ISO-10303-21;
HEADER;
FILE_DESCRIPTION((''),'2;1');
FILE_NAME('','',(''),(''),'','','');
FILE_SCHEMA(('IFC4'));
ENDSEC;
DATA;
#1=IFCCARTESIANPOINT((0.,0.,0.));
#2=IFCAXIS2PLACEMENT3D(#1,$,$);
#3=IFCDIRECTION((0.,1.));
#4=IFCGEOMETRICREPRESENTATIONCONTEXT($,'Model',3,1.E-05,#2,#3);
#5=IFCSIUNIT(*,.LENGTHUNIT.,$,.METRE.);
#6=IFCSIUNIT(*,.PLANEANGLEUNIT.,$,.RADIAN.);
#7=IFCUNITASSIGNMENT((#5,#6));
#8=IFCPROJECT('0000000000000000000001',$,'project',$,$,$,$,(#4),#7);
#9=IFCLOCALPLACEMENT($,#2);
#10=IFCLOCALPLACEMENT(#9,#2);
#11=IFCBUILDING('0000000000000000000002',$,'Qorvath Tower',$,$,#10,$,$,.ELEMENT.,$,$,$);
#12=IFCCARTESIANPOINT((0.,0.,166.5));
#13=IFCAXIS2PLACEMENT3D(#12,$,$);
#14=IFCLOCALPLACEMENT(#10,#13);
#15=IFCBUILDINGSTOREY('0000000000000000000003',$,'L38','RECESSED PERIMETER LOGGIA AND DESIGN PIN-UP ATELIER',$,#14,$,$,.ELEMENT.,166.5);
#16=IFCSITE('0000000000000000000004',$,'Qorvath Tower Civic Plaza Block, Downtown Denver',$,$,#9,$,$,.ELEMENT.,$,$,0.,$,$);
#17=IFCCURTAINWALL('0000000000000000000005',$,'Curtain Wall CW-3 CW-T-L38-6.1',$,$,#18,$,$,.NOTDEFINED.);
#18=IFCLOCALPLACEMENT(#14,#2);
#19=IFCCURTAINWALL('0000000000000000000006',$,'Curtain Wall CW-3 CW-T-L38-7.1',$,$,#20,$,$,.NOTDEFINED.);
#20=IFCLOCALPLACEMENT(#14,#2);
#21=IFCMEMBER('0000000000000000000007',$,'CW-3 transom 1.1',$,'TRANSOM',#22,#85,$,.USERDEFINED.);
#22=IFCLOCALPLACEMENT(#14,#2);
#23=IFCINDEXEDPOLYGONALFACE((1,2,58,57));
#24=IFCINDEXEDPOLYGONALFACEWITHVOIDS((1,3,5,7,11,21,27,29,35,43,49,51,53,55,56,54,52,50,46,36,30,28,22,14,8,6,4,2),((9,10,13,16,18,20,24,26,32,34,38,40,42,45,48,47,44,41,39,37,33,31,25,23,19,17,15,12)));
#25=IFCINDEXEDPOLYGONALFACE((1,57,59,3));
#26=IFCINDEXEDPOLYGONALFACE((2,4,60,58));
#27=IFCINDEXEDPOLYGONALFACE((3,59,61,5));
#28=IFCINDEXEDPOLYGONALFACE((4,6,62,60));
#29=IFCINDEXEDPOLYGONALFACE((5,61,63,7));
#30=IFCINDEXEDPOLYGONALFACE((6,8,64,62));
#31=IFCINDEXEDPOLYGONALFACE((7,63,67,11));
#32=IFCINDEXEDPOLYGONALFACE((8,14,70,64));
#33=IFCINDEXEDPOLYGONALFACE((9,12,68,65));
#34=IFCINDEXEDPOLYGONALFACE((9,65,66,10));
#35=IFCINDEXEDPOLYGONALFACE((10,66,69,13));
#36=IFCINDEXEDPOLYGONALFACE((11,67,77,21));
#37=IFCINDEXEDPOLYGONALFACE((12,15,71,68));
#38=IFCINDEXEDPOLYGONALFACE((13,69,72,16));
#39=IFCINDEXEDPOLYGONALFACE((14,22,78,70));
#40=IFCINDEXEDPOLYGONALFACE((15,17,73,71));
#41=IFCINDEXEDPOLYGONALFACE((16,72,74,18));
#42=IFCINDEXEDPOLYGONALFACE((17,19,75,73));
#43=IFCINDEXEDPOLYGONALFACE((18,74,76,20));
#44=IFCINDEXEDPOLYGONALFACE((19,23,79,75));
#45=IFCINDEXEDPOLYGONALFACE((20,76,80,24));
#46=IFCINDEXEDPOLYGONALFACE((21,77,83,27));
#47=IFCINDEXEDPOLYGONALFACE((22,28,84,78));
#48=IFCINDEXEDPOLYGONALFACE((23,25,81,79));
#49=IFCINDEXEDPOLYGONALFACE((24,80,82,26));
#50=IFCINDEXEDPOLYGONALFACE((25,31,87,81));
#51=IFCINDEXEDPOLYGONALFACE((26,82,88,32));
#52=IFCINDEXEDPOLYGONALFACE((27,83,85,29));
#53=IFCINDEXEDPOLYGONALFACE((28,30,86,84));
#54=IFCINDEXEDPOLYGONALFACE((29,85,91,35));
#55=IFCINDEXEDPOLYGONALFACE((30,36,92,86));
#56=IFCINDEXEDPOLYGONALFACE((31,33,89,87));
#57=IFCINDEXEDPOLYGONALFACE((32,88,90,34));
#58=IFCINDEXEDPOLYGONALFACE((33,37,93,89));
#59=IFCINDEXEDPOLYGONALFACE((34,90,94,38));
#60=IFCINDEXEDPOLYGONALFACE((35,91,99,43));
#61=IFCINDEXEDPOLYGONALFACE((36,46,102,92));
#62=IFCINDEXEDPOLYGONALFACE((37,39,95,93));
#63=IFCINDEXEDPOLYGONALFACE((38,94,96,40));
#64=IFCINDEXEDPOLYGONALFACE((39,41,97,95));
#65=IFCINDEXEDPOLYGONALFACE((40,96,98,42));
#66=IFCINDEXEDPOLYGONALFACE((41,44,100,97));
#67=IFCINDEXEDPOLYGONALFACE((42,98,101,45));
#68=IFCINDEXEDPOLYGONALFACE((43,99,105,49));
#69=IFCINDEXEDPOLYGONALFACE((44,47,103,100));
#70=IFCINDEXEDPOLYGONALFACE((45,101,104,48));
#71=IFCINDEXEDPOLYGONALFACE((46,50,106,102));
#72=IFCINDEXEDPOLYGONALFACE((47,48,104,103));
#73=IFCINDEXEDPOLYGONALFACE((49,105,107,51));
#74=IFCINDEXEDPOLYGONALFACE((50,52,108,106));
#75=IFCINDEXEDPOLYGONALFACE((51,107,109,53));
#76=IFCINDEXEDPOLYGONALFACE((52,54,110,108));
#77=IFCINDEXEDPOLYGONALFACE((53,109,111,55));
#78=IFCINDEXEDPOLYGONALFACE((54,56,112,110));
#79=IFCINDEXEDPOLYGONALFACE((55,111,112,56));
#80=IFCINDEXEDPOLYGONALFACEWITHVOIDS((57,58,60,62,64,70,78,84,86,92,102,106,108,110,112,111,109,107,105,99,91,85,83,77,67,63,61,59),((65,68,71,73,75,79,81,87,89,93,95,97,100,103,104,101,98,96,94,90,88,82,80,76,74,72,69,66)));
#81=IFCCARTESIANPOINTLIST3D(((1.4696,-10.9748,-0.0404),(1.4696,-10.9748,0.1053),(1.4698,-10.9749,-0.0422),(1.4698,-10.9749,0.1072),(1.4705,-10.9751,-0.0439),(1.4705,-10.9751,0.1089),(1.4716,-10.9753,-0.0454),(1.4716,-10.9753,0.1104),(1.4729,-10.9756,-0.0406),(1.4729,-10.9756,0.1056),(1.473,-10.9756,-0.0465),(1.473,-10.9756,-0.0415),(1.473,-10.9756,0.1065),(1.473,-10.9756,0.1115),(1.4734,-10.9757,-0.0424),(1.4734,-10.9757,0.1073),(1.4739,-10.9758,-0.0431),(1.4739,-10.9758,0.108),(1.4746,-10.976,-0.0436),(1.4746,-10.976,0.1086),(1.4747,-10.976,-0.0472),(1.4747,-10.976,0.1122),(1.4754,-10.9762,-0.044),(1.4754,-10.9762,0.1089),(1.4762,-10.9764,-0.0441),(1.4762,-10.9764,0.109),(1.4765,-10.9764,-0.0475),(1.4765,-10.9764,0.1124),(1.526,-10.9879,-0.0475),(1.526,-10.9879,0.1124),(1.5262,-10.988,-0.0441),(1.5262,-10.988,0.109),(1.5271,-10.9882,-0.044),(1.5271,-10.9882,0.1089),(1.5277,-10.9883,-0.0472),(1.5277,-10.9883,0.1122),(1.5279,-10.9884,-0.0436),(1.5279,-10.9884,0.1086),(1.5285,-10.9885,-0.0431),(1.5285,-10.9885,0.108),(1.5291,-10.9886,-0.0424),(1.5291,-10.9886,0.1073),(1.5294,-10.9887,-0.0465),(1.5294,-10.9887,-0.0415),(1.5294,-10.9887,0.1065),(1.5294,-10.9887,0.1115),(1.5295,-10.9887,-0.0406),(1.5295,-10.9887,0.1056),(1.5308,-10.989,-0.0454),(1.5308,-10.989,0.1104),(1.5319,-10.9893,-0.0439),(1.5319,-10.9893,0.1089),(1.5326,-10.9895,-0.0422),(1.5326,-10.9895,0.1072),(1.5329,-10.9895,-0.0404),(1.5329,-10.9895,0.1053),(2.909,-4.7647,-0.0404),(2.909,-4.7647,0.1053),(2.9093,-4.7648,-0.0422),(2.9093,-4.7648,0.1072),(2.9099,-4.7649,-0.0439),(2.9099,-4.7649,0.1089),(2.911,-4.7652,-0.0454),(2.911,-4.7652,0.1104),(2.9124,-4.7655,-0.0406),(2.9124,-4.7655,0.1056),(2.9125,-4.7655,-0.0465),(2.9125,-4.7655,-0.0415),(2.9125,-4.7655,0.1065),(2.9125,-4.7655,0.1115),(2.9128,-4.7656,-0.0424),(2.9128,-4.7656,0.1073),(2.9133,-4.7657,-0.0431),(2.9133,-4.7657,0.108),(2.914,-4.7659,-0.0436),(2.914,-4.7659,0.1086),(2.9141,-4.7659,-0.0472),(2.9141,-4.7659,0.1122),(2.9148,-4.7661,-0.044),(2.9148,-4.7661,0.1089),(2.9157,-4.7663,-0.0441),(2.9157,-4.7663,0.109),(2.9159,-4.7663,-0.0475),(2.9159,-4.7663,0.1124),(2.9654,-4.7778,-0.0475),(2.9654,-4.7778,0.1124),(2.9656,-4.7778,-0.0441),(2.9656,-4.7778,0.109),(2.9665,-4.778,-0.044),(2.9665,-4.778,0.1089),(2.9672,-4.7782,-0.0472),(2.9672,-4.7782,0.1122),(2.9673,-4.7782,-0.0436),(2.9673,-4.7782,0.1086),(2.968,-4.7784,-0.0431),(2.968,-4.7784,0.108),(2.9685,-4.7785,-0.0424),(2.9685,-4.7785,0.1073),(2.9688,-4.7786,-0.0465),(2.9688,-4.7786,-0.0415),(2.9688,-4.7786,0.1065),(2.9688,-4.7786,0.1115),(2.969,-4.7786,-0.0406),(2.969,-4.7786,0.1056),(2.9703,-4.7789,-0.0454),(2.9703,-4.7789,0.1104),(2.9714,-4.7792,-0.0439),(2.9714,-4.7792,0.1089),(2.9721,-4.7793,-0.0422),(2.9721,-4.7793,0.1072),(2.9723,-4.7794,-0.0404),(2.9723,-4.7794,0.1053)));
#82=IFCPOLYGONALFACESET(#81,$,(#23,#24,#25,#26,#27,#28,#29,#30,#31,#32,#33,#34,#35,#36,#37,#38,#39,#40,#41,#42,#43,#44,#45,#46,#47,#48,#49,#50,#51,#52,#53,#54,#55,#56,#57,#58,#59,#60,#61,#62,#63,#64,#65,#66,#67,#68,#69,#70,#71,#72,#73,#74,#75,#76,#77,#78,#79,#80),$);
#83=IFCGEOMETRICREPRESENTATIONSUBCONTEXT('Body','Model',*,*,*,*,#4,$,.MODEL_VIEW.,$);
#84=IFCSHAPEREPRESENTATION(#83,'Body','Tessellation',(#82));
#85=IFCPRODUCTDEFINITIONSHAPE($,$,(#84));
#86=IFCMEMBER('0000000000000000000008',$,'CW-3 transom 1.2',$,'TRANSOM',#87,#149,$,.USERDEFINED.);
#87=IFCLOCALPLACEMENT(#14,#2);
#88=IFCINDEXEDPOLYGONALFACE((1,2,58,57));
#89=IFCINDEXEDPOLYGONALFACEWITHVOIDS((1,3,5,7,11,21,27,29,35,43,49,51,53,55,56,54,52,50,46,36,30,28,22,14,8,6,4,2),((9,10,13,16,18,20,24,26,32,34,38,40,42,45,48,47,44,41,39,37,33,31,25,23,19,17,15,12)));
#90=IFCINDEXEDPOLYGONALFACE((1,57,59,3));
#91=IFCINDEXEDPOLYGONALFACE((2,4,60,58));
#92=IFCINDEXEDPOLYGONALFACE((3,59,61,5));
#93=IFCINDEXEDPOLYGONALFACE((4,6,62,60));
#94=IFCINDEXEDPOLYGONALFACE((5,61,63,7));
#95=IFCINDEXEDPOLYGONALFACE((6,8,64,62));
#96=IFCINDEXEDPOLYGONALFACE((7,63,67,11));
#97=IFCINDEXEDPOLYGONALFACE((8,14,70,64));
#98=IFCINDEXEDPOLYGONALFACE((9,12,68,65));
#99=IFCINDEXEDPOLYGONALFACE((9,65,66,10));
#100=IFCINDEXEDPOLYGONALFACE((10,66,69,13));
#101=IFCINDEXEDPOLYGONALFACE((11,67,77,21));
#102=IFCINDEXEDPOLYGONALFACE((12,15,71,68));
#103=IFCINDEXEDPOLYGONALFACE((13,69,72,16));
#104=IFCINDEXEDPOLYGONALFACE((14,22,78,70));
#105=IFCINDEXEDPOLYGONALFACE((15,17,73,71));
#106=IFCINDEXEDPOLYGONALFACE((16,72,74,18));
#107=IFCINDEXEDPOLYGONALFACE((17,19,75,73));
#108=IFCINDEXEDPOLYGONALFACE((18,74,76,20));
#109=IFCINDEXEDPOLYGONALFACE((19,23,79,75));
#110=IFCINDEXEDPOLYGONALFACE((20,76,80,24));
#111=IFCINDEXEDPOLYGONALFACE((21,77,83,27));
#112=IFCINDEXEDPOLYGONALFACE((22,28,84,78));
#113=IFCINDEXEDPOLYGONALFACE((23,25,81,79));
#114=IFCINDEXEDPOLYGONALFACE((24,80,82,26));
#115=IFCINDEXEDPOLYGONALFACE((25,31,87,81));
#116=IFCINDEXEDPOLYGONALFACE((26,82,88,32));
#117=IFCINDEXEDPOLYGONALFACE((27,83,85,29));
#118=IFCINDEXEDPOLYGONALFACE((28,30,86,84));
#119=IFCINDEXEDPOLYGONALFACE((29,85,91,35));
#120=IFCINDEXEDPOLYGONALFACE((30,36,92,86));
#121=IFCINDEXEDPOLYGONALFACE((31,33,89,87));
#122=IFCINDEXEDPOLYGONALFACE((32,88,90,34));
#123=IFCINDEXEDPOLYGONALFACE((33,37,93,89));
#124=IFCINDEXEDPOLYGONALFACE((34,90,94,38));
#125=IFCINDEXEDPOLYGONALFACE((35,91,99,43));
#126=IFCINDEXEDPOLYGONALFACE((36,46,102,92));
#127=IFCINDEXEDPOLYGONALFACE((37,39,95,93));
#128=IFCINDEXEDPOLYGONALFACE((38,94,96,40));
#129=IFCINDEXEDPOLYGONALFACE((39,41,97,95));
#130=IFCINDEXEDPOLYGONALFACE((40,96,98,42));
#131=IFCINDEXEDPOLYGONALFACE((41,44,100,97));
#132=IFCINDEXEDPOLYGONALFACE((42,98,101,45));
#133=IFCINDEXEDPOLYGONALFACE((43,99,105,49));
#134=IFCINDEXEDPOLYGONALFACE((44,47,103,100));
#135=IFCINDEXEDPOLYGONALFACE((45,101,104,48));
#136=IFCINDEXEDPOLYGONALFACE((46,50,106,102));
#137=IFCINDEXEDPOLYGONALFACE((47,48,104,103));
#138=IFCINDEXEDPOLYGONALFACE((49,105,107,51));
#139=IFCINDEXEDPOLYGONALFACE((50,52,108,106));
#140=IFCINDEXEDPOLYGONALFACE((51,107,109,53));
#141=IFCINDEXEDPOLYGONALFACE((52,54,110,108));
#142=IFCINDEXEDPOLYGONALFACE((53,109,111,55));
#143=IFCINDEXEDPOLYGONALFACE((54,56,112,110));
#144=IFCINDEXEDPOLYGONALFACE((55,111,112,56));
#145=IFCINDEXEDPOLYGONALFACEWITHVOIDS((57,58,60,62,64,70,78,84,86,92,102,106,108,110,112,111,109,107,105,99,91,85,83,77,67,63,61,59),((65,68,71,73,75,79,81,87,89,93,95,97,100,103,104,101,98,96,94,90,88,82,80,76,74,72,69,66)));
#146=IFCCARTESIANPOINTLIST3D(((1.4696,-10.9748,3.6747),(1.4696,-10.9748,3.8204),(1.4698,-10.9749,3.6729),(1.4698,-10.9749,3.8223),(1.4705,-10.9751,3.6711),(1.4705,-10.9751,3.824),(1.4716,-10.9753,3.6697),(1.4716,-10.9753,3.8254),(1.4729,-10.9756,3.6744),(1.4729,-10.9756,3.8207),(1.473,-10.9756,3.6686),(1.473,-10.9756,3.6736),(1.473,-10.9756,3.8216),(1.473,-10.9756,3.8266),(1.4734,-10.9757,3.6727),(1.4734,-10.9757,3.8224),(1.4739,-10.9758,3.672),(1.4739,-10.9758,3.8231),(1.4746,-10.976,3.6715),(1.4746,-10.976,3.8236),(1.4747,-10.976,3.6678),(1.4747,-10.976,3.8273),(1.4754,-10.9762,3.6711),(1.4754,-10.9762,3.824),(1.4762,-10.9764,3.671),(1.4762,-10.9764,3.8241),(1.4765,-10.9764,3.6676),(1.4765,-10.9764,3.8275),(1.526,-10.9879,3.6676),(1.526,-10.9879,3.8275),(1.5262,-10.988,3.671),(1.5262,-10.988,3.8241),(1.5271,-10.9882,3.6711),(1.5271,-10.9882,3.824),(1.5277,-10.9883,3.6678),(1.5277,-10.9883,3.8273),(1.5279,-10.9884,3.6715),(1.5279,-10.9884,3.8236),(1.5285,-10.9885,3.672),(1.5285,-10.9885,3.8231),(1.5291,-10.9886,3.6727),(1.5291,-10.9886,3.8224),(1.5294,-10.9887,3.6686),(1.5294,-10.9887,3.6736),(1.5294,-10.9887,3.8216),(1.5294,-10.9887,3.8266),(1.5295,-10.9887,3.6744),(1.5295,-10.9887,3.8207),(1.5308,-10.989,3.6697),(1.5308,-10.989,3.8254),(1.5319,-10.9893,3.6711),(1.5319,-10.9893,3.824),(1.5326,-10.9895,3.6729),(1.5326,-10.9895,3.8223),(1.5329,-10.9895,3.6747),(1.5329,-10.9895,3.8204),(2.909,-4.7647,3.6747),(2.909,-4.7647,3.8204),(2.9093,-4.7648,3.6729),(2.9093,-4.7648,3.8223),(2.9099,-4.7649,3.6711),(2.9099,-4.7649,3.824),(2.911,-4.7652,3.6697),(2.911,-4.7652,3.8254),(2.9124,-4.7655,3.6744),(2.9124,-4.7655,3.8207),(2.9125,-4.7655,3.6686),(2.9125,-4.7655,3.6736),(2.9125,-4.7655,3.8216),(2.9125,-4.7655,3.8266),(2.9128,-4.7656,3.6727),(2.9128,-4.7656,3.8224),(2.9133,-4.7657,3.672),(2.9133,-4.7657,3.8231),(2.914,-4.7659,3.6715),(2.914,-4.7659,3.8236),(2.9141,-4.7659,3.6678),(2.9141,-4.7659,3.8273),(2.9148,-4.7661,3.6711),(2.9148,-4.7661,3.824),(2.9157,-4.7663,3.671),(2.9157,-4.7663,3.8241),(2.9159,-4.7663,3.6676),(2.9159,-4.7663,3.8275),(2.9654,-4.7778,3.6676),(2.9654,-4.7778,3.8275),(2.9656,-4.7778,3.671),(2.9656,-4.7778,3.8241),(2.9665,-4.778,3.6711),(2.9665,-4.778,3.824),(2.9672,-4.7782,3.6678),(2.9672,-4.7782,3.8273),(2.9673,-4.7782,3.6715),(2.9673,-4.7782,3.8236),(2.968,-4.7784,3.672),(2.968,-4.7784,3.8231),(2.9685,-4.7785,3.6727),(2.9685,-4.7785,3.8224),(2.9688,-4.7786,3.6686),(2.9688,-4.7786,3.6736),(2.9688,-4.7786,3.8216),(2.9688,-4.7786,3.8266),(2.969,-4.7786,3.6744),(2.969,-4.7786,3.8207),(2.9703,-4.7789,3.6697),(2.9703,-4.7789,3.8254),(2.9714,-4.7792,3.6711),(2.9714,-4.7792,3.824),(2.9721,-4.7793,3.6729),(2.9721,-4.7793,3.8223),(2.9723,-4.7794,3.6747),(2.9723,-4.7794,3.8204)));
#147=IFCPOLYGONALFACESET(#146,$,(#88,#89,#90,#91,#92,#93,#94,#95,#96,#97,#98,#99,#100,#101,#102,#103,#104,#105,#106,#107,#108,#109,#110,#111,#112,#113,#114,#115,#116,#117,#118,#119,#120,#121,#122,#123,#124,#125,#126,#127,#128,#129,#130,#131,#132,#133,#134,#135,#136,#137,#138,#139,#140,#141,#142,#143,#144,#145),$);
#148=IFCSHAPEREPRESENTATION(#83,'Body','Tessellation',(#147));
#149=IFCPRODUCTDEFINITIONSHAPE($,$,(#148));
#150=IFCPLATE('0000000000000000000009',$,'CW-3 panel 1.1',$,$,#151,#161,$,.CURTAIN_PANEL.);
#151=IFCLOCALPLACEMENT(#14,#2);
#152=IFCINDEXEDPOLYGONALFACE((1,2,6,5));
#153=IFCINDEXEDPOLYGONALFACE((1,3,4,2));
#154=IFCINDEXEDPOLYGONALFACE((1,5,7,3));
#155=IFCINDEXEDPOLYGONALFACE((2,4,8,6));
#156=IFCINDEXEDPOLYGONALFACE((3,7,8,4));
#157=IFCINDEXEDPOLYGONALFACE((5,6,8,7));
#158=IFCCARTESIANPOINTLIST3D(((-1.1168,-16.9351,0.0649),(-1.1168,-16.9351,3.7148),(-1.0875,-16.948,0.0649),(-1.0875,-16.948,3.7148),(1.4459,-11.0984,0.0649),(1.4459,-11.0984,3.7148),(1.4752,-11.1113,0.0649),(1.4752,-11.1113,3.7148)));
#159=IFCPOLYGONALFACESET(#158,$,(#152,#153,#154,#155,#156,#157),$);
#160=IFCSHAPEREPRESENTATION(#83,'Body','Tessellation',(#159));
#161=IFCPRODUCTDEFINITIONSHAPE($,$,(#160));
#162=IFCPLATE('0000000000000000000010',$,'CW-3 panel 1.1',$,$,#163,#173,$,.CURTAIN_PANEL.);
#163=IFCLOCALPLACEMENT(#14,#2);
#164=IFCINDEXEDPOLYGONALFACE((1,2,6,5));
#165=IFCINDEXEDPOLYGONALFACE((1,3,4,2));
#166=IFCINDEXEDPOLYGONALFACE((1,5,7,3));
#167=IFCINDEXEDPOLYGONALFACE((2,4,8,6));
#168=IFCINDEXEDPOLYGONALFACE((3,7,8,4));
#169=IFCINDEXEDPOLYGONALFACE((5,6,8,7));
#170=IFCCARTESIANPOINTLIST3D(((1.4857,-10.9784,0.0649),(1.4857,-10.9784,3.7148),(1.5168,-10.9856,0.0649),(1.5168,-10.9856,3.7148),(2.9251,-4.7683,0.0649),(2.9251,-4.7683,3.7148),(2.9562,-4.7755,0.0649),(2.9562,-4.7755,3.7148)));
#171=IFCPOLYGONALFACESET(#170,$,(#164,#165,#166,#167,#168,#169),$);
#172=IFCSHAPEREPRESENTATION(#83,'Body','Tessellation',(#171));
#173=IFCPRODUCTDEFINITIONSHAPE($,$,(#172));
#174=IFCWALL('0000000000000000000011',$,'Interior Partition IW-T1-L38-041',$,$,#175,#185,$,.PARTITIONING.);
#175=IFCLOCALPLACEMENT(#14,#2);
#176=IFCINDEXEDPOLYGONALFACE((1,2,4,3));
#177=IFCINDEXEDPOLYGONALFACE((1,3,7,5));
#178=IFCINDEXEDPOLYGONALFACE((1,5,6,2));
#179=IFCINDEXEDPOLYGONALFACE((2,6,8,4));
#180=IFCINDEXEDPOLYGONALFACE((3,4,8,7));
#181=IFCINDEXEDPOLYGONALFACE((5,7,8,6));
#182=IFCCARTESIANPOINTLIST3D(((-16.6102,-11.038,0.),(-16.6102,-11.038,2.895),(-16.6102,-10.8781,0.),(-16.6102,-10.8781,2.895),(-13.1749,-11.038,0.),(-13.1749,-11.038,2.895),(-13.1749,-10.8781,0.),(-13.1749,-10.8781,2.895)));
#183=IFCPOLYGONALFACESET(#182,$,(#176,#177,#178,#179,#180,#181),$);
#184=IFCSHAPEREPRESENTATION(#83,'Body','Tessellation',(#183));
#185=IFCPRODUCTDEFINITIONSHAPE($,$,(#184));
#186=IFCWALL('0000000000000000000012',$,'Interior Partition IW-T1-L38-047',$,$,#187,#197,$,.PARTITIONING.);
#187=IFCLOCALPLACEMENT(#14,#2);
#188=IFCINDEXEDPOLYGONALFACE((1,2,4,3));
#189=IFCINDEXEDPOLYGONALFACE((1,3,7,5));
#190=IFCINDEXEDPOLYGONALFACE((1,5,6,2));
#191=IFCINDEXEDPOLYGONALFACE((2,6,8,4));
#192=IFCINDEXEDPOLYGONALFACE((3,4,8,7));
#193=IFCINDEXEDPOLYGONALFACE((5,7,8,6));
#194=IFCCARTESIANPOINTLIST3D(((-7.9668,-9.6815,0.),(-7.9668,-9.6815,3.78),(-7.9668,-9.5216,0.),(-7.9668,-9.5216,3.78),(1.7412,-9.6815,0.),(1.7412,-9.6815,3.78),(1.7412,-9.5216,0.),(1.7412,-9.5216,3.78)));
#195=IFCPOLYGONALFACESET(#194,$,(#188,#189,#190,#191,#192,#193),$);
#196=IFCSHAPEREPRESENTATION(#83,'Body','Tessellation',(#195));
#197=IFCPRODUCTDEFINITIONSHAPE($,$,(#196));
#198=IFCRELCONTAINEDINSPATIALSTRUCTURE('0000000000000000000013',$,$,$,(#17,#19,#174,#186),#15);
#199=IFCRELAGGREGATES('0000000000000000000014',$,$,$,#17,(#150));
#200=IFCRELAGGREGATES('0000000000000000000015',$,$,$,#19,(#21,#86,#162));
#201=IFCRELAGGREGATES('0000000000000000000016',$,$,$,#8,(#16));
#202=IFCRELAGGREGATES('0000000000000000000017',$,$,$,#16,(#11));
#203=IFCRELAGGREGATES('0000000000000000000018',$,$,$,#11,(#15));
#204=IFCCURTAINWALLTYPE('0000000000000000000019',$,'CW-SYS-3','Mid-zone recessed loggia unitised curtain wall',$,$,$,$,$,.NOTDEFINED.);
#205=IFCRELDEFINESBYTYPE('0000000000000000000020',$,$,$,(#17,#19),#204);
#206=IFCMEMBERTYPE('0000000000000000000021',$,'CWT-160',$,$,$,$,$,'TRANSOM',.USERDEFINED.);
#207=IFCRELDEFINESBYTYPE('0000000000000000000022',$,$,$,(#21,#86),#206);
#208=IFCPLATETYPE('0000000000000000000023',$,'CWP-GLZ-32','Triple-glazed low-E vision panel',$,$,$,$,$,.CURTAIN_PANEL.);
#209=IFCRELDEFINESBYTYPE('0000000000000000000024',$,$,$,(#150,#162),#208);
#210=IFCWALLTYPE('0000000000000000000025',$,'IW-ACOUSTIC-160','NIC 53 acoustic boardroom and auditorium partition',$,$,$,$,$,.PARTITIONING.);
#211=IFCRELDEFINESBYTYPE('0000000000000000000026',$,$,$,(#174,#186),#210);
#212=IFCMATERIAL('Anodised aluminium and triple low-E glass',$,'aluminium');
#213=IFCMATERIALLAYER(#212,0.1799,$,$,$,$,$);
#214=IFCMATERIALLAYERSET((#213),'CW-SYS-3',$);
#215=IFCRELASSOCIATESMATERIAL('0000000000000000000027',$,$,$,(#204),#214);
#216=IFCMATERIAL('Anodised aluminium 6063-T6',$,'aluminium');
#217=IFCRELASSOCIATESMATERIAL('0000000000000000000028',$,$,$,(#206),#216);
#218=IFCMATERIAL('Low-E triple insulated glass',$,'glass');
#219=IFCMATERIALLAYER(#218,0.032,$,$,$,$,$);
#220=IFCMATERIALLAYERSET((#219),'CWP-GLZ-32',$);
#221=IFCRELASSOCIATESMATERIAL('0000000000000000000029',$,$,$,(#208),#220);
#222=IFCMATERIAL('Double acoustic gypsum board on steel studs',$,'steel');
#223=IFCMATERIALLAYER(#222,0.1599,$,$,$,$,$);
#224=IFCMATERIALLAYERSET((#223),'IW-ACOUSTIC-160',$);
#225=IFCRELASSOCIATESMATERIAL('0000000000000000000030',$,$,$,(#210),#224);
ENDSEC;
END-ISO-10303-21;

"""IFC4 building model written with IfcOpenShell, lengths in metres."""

from ifc_helpers import new_model, si_unit, direction, frame, frame_2d, origin, origin_2d, place, context, subcontext, project, spatial, rectangle, hollow_rectangle, extrude, material, layer, layer_set, material_profile, profile_set, type_object, element, aggregate, save


model = new_model("IFC4")

# Units and contexts
model_context = context("Model", 3, precision=1e-05, world=origin(), true_north=direction((0.0, 1.0)))
body_context = subcontext(model_context, "Body", "Model", "MODEL_VIEW")
ifc_project = project(units=[si_unit("LENGTHUNIT", "METRE"), si_unit("PLANEANGLEUNIT", "RADIAN")], contexts=[model_context])

# Site, building, storey
site_placement = place(None, origin())
site = spatial("IfcSite", under=ifc_project, at=site_placement, Name="Qorvath Tower Civic Plaza Block, Downtown Denver", CompositionType="ELEMENT", RefElevation=0.0)
building_placement = place(site_placement, origin())
building = spatial("IfcBuilding", under=site, at=building_placement, Name="Qorvath Tower", CompositionType="ELEMENT")
storey_placement = place(building_placement, frame((0.0, 0.0, 166.5)))
storey = spatial("IfcBuildingStorey", under=building, at=storey_placement, Name="L38", Description="RECESSED PERIMETER LOGGIA AND DESIGN PIN-UP ATELIER", CompositionType="ELEMENT", Elevation=166.5)

# Shared definitions
ifc_material_1 = material(Name="Anodised aluminium and triple low-E glass", Category="aluminium")
ifc_layer_1 = layer(ifc_material_1, 0.1799)
ifc_layer_set_1 = layer_set([ifc_layer_1], Name="CW-SYS-3")
curtain_wall_type = type_object("IfcCurtainWallType", Name="CW-SYS-3", Description="Mid-zone recessed loggia unitised curtain wall", PredefinedType="NOTDEFINED", material=ifc_layer_set_1)

# Curtain wall
curtain_wall_1_placement = place(storey_placement, origin())
curtain_wall_1 = element("IfcCurtainWall", 1, at=curtain_wall_1_placement, inside=storey, type_object=curtain_wall_type, Name="Curtain Wall CW-3 CW-T-L38-6.1", PredefinedType="NOTDEFINED")

# Curtain wall
curtain_wall_2_placement = place(storey_placement, origin())
curtain_wall_2 = element("IfcCurtainWall", 2, at=curtain_wall_2_placement, inside=storey, type_object=curtain_wall_type, Name="Curtain Wall CW-3 CW-T-L38-7.1", PredefinedType="NOTDEFINED")

# Members
ifc_material_2 = material(Name="Anodised aluminium 6063-T6", Category="aluminium")
ifc_material_profile_1 = material_profile(ifc_material_2, hollow_rectangle(XDim=0.0649, YDim=0.1599, WallThickness=0.0034, InnerFilletRadius=0.0034, OuterFilletRadius=0.0071, at=origin_2d()), Name="CWT 160x65")
ifc_profile_set_1 = profile_set([ifc_material_profile_1], Name="Anodised aluminium 6063-T6")
member_type_1 = type_object("IfcMemberType", Name="CWT-160", ElementType="TRANSOM", PredefinedType="USERDEFINED", material=ifc_profile_set_1)
member_1_placement = place(storey_placement, frame((1.5012, -10.9822, 0.0325), z_axis=(0.225802, 0.974173, 0.0), x_axis=(-0.974173, 0.225802, 0.0)))
member_1 = element("IfcMember", 3, at=member_1_placement, type_object=member_type_1, Name="CW-3 transom 1.1", ObjectType="TRANSOM", PredefinedType="USERDEFINED", context=body_context, shape_type="SweptSolid", body=[
    extrude(hollow_rectangle(XDim=0.0649, YDim=0.1599, WallThickness=0.0034, InnerFilletRadius=0.0034, OuterFilletRadius=0.0071, at=origin_2d()), origin(), (0.0, 0.0, 1.0), 6.3748),
])
member_2_placement = place(storey_placement, frame((1.5012, -10.9822, 3.7476), z_axis=(0.225802, 0.974173, 0.0), x_axis=(-0.974173, 0.225802, 0.0)))
member_2 = element("IfcMember", 4, at=member_2_placement, type_object=member_type_1, Name="CW-3 transom 1.2", ObjectType="TRANSOM", PredefinedType="USERDEFINED", context=body_context, shape_type="SweptSolid", body=[
    extrude(hollow_rectangle(XDim=0.0649, YDim=0.1599, WallThickness=0.0034, InnerFilletRadius=0.0034, OuterFilletRadius=0.0071, at=origin_2d()), origin(), (0.0, 0.0, 1.0), 6.3748),
])

# Plates
ifc_material_3 = material(Name="Low-E triple insulated glass", Category="glass")
ifc_layer_2 = layer(ifc_material_3, 0.032)
ifc_layer_set_2 = layer_set([ifc_layer_2], Name="CWP-GLZ-32")
plate_type = type_object("IfcPlateType", Name="CWP-GLZ-32", Description="Triple-glazed low-E vision panel", PredefinedType="CURTAIN_PANEL", material=ifc_layer_set_2)
plate_1_placement = place(storey_placement, frame((0.1792, -14.0232, 0.0649), z_axis=(0.0, 0.0, 1.0), x_axis=(0.402023, 0.915629, 0.0)))
plate_1 = element("IfcPlate", 5, at=plate_1_placement, type_object=plate_type, Name="CW-3 panel 1.1", PredefinedType="CURTAIN_PANEL", context=body_context, shape_type="SweptSolid", body=[
    extrude(rectangle(XDim=6.3745, YDim=0.032, at=origin_2d()), origin(), (0.0, 0.0, 1.0), 3.6499),
])
aggregate(curtain_wall_1, [plate_1])
plate_2_placement = place(storey_placement, frame((2.2209, -7.877, 0.0649), z_axis=(0.0, 0.0, 1.0), x_axis=(0.225791, 0.974176, 0.0)))
plate_2 = element("IfcPlate", 6, at=plate_2_placement, type_object=plate_type, Name="CW-3 panel 1.1", PredefinedType="CURTAIN_PANEL", context=body_context, shape_type="SweptSolid", body=[
    extrude(rectangle(XDim=6.3748, YDim=0.032, at=origin_2d()), origin(), (0.0, 0.0, 1.0), 3.6499),
])
aggregate(curtain_wall_2, [member_1, member_2, plate_2])

# Shared definitions
ifc_material_4 = material(Name="Double acoustic gypsum board on steel studs", Category="steel")
ifc_layer_3 = layer(ifc_material_4, 0.1599)
ifc_layer_set_3 = layer_set([ifc_layer_3], Name="IW-ACOUSTIC-160")
wall_type_1 = type_object("IfcWallType", Name="IW-ACOUSTIC-160", Description="NIC 53 acoustic boardroom and auditorium partition", PredefinedType="PARTITIONING", material=ifc_layer_set_3)

# Walls
wall_1_placement = place(storey_placement, frame((-13.1748, -10.958, 0.0), z_axis=(0.0, 0.0, 1.0), x_axis=(-1.0, 0.0, 0.0)))
element("IfcWall", 7, at=wall_1_placement, inside=storey, type_object=wall_type_1, Name="Interior Partition IW-T1-L38-041", PredefinedType="PARTITIONING", context=body_context, shape_type="SweptSolid", body=[
    extrude(rectangle(XDim=3.4353, YDim=0.1599, at=frame_2d((1.7178, 0.0))), origin(), (0.0, 0.0, 1.0), 2.895),
])
wall_2_placement = place(storey_placement, frame((1.7412, -9.6016, 0.0), z_axis=(0.0, 0.0, 1.0), x_axis=(-1.0, 0.0, 0.0)))
element("IfcWall", 8, at=wall_2_placement, inside=storey, type_object=wall_type_1, Name="Interior Partition IW-T1-L38-047", PredefinedType="PARTITIONING", context=body_context, shape_type="SweptSolid", body=[
    extrude(rectangle(XDim=9.708, YDim=0.1599, at=frame_2d((4.854, 0.0))), origin(), (0.0, 0.0, 1.0), 3.78),
])

save(model, "model.ifc")
